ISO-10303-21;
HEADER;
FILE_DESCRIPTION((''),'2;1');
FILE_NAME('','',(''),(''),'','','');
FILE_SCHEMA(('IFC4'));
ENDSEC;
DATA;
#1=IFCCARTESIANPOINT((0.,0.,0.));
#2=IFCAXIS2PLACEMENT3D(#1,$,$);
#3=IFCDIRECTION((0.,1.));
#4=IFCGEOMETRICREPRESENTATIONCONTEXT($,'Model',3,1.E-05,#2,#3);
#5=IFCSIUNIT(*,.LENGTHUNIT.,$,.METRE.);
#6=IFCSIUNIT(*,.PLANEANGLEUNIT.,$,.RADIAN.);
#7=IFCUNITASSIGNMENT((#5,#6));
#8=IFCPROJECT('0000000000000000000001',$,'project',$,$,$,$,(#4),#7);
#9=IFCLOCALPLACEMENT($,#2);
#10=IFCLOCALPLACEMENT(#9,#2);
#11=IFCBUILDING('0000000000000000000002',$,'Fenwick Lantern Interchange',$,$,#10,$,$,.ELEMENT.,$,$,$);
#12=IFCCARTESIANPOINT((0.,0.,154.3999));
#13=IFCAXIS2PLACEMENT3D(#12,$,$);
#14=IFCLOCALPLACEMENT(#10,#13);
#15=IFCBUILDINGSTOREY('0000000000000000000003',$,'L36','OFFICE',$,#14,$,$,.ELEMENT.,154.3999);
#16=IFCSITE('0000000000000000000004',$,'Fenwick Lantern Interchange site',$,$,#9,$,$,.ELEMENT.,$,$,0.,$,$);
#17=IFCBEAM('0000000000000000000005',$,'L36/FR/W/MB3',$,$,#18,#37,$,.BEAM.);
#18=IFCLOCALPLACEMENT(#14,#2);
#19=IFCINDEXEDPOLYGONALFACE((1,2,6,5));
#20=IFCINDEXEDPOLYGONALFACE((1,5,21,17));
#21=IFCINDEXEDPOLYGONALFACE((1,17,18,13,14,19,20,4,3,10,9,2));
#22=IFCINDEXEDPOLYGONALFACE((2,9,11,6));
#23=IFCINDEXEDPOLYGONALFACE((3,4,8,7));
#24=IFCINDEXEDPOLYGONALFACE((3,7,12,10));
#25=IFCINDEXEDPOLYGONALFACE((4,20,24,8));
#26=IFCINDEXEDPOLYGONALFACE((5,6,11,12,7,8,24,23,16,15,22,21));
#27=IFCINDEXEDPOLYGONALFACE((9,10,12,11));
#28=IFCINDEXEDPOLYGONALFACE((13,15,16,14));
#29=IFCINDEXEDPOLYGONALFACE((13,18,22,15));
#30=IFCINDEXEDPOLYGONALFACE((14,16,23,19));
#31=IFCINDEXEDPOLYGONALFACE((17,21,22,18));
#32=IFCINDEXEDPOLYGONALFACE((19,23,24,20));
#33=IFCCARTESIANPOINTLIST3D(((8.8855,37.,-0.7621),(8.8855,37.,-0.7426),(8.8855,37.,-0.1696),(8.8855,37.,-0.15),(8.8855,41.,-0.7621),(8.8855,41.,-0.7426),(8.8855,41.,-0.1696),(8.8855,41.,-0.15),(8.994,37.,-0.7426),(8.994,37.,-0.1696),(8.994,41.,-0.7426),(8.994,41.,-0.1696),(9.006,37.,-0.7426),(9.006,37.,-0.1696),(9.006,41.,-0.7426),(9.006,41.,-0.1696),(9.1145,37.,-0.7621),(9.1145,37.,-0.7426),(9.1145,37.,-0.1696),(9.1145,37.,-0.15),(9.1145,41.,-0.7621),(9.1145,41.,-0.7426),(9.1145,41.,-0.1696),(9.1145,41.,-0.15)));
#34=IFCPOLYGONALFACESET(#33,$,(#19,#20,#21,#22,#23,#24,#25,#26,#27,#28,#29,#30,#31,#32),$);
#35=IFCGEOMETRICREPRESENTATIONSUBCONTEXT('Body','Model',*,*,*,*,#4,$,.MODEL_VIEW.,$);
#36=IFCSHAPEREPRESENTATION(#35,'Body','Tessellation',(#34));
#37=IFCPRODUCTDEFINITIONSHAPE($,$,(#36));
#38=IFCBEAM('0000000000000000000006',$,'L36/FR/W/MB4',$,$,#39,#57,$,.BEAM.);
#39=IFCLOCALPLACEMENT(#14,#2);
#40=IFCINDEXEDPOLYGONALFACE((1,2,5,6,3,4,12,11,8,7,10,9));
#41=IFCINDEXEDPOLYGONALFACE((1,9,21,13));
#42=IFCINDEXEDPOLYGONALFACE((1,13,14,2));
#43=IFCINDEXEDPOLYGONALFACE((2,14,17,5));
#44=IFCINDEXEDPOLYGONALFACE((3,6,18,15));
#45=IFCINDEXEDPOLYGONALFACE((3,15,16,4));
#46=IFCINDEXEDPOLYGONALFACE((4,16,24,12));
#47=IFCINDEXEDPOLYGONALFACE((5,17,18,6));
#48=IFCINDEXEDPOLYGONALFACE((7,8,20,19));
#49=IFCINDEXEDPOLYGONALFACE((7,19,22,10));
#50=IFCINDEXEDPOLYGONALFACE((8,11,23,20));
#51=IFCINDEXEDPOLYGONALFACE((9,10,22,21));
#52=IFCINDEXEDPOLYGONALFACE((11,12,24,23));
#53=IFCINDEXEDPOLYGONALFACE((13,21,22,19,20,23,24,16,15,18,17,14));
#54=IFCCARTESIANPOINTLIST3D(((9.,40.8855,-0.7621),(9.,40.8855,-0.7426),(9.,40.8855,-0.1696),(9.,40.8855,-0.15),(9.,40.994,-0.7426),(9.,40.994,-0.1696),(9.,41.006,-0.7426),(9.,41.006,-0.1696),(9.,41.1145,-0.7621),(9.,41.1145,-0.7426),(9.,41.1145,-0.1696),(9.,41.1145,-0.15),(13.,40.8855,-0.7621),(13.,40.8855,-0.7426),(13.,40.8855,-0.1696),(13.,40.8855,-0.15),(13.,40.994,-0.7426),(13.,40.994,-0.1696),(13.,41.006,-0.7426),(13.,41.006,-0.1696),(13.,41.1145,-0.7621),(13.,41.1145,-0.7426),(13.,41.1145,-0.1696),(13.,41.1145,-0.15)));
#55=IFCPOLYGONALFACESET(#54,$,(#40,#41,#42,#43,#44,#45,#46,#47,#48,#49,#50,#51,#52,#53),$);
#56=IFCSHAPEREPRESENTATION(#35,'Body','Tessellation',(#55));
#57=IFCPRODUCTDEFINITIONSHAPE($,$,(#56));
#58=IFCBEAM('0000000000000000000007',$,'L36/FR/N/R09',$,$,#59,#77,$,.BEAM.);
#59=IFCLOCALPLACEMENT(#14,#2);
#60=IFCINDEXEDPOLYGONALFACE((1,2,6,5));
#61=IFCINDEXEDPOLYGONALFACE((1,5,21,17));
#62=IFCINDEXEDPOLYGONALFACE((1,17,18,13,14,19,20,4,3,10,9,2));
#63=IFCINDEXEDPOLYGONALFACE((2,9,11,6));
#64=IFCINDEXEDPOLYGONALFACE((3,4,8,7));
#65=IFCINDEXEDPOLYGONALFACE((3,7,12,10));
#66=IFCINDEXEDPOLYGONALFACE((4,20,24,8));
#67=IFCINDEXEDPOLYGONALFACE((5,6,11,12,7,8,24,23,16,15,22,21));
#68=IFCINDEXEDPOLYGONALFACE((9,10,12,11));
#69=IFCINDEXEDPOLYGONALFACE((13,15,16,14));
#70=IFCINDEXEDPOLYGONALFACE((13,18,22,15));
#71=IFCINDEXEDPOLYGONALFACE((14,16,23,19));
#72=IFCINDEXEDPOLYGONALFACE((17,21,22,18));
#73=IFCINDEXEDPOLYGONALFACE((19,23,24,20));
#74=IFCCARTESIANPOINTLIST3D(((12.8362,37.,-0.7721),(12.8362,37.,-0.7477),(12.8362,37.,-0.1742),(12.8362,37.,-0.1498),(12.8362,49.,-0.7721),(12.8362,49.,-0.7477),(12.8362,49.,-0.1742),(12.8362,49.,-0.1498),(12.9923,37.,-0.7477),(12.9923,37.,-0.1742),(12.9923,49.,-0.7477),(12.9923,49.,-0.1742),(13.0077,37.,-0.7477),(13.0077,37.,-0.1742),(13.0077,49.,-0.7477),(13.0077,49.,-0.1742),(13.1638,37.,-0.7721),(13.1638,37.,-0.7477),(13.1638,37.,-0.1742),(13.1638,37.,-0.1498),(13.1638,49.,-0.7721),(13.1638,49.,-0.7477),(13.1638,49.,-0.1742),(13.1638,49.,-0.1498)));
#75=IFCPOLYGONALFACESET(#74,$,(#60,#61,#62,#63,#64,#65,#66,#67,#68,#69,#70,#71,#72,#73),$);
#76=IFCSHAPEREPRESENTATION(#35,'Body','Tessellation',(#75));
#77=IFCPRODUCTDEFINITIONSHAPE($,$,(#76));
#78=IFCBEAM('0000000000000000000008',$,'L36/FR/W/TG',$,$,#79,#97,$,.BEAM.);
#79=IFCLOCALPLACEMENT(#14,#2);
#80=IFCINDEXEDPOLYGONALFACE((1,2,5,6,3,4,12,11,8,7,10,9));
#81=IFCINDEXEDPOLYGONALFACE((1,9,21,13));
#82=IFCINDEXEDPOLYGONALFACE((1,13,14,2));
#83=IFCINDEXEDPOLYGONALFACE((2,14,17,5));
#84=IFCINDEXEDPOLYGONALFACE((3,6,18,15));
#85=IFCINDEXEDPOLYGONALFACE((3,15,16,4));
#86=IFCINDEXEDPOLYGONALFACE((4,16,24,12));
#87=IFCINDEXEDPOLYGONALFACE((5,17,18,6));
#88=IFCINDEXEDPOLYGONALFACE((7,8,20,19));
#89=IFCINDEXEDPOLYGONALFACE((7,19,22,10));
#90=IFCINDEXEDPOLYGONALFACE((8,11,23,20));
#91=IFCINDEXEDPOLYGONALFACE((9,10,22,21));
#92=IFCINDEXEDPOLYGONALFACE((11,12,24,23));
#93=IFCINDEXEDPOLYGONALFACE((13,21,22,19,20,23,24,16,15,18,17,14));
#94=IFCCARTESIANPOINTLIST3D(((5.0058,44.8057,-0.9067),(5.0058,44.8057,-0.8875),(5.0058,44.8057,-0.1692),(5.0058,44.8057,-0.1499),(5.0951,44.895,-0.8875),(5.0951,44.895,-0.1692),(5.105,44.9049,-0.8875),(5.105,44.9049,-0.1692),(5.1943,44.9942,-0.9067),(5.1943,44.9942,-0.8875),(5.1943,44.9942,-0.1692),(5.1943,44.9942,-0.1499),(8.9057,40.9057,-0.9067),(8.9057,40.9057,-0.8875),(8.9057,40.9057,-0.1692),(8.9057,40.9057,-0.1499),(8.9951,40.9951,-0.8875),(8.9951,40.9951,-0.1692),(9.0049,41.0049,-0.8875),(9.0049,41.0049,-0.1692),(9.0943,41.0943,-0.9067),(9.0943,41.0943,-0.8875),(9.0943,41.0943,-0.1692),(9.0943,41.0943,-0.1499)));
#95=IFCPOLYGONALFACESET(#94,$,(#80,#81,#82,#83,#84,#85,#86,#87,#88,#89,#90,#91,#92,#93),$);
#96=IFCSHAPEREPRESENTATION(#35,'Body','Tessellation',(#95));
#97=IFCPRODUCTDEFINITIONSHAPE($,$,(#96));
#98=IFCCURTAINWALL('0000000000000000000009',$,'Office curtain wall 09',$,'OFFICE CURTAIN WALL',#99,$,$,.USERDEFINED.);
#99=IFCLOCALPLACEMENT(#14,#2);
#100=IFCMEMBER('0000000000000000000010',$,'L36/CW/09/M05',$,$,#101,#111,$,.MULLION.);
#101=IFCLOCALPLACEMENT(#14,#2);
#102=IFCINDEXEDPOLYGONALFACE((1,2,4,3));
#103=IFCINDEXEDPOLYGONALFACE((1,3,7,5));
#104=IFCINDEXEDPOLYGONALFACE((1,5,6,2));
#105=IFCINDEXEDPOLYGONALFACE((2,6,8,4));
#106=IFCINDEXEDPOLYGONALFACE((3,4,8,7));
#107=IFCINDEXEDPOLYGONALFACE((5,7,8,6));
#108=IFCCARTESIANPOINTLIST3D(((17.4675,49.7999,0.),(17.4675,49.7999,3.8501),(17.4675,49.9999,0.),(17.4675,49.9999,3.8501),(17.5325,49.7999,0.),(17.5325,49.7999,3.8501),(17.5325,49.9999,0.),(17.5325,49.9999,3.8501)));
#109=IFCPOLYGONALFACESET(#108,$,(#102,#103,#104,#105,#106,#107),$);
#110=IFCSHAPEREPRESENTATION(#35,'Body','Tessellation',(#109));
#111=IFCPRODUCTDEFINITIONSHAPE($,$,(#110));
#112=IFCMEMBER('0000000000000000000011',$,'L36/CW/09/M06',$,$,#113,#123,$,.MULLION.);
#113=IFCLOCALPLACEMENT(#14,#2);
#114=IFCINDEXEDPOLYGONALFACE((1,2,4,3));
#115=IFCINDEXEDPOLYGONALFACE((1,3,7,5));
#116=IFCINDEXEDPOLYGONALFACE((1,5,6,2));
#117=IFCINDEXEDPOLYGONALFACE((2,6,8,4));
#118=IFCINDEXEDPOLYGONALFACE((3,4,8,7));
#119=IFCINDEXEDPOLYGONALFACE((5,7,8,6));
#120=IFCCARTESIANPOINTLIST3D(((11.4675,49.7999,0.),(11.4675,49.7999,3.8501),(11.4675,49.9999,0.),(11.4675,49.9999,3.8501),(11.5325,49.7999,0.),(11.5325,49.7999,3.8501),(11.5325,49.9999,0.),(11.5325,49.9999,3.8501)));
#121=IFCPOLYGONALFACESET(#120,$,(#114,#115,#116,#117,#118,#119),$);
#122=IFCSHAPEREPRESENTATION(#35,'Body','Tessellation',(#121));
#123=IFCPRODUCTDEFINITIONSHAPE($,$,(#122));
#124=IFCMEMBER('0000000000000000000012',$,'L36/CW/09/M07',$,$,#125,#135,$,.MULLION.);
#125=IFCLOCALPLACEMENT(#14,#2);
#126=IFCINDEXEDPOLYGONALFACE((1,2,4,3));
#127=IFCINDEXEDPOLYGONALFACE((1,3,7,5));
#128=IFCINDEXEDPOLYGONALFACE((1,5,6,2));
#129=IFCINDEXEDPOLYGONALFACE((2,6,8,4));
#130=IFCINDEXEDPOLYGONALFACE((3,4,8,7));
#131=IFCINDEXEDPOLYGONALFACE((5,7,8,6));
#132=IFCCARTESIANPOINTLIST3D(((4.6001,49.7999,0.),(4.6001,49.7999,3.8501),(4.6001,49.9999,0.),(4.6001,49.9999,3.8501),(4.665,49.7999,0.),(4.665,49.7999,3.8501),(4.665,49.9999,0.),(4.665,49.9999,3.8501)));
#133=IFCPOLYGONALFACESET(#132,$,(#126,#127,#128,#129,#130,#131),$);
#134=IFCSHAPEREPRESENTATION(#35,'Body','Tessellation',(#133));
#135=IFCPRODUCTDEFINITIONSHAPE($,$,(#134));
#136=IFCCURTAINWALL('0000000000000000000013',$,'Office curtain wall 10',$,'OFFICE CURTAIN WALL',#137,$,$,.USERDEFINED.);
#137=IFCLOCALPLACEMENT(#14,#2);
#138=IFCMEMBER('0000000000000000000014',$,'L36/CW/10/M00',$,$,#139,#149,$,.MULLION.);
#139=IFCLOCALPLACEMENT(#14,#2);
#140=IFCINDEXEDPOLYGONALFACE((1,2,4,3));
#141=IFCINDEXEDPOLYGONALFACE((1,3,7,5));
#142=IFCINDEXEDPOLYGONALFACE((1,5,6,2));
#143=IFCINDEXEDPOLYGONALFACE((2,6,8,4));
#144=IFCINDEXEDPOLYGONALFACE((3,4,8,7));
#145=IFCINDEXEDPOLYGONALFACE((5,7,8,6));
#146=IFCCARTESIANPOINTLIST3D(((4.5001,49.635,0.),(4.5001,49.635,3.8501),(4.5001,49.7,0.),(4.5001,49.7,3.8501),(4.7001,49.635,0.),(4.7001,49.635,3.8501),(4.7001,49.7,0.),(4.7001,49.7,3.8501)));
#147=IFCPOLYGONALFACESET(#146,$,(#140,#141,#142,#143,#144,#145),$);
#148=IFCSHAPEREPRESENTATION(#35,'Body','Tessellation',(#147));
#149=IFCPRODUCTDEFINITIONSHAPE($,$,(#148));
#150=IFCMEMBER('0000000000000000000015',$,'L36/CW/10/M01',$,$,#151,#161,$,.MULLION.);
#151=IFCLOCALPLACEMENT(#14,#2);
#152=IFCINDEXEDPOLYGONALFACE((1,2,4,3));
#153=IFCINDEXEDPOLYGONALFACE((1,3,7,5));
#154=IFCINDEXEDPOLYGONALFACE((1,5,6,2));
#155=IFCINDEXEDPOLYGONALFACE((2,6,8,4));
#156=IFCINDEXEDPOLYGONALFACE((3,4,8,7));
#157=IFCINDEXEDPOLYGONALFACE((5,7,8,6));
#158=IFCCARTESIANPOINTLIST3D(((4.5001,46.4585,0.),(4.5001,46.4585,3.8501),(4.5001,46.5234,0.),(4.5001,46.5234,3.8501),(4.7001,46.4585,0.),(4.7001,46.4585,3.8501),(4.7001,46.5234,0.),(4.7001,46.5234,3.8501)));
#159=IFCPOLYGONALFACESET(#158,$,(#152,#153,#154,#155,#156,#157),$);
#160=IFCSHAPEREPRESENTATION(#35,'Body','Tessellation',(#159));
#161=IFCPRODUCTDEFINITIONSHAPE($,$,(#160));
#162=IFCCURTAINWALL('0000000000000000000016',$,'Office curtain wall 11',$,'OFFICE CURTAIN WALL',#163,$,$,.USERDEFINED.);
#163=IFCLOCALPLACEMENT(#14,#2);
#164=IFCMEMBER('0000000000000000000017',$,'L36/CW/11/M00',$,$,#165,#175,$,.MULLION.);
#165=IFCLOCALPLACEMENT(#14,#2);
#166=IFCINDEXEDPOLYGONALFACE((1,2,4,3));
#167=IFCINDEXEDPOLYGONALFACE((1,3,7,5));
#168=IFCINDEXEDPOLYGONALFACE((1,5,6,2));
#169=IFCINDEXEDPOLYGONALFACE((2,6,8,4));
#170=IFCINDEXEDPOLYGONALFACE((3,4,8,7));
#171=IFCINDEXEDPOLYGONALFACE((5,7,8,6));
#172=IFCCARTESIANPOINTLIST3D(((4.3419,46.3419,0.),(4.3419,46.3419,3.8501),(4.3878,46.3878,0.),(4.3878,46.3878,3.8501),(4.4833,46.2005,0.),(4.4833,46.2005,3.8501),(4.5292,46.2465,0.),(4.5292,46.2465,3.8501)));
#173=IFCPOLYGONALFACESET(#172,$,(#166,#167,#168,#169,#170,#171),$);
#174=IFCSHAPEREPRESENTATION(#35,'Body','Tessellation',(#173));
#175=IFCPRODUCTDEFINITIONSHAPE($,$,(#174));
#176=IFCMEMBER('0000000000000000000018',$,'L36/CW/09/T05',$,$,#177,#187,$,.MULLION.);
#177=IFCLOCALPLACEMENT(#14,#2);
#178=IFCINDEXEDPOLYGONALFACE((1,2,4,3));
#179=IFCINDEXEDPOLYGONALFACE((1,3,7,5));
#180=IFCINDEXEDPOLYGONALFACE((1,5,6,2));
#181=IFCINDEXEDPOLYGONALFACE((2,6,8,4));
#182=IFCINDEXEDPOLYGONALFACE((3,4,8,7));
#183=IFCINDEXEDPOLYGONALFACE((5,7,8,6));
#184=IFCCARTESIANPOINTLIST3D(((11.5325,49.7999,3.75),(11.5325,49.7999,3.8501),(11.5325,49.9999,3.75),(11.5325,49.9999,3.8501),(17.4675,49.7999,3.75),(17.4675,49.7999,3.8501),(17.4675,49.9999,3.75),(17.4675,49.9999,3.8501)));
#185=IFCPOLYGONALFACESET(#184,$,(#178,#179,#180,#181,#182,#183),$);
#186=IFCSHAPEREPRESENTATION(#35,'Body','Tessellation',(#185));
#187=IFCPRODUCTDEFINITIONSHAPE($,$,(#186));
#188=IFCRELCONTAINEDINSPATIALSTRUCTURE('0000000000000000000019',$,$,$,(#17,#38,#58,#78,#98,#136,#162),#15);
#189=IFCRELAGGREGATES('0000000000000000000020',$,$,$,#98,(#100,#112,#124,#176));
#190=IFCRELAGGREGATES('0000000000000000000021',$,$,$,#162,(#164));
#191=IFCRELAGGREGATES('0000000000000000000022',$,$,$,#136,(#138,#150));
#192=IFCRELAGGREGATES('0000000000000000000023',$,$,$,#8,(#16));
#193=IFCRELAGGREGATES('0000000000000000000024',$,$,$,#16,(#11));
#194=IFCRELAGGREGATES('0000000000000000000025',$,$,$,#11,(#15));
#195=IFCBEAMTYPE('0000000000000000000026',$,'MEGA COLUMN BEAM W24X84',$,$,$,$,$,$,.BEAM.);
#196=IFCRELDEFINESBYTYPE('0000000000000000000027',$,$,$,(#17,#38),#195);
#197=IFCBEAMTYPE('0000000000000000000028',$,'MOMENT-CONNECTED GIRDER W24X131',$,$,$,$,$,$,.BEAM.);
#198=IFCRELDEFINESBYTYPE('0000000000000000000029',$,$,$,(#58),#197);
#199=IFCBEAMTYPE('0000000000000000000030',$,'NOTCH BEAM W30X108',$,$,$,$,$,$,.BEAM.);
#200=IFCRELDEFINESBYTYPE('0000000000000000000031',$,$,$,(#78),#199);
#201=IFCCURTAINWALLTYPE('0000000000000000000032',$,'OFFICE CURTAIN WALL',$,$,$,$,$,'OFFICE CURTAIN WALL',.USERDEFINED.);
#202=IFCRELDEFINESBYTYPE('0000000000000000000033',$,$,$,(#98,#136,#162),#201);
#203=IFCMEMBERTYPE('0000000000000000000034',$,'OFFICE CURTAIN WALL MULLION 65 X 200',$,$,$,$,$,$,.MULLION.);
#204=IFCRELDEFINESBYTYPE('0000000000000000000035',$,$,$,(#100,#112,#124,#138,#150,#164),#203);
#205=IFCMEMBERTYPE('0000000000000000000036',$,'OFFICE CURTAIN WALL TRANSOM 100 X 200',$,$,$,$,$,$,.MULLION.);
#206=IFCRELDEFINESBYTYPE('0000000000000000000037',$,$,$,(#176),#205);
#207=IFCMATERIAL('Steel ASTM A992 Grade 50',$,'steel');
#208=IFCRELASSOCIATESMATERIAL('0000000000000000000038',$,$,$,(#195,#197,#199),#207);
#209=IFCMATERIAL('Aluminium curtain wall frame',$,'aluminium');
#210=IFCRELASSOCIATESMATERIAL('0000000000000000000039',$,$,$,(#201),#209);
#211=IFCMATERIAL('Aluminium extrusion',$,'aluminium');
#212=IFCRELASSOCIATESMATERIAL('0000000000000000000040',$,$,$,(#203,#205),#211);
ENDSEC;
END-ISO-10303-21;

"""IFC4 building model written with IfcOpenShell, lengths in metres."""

from ifc_helpers import new_model, si_unit, direction, frame, origin, origin_2d, place, context, subcontext, project, spatial, rectangle, i_section, extrude, material, material_profile, profile_set, type_object, element, aggregate, save


model = new_model("IFC4")

# Units and contexts
model_context = context("Model", 3, precision=1e-05, world=origin(), true_north=direction((0.0, 1.0)))
body_context = subcontext(model_context, "Body", "Model", "MODEL_VIEW")
ifc_project = project(units=[si_unit("LENGTHUNIT", "METRE"), si_unit("PLANEANGLEUNIT", "RADIAN")], contexts=[model_context])

# Site, building, storey
site_placement = place(None, origin())
site = spatial("IfcSite", under=ifc_project, at=site_placement, Name="Fenwick Lantern Interchange site", CompositionType="ELEMENT", RefElevation=0.0)
building_placement = place(site_placement, origin())
building = spatial("IfcBuilding", under=site, at=building_placement, Name="Fenwick Lantern Interchange", CompositionType="ELEMENT")
storey_placement = place(building_placement, frame((0.0, 0.0, 154.3999)))
storey = spatial("IfcBuildingStorey", under=building, at=storey_placement, Name="L36", Description="OFFICE", CompositionType="ELEMENT", Elevation=154.3999)

# Shared definitions
ifc_material_1 = material(Name="Steel ASTM A992 Grade 50", Category="steel")

# Beams
ifc_material_profile_1 = material_profile(ifc_material_1, i_section(OverallWidth=0.229, OverallDepth=0.6121, WebThickness=0.012, FlangeThickness=0.0195, at=origin_2d()), Name="W24X84")
ifc_profile_set_1 = profile_set([ifc_material_profile_1], Name="Steel ASTM A992 Grade 50")
beam_type_1 = type_object("IfcBeamType", Name="MEGA COLUMN BEAM W24X84", PredefinedType="BEAM", material=ifc_profile_set_1)
for number, where, z_axis, x_axis, name in (
    (1, (9.0, 41.0, -0.4561), (0.0, -1.0, 0.0), (1.0, 0.0, 0.0), "L36/FR/W/MB3"),
    (2, (9.0, 41.0, -0.4561), (1.0, 0.0, 0.0), (0.0, 1.0, 0.0), "L36/FR/W/MB4"),
):
    element("IfcBeam", number, at=place(storey_placement, frame(where, z_axis=z_axis, x_axis=x_axis)), inside=storey, type_object=beam_type_1, Name=name, PredefinedType="BEAM", context=body_context, shape_type="SweptSolid", body=[
        extrude(i_section(OverallWidth=0.229, OverallDepth=0.6121, WebThickness=0.012, FlangeThickness=0.0195, at=origin_2d()), origin(), (0.0, 0.0, 1.0), 4.0),
    ])
ifc_material_profile_2 = material_profile(ifc_material_1, i_section(OverallWidth=0.3276, OverallDepth=0.6223, WebThickness=0.0154, FlangeThickness=0.0244, at=origin_2d()), Name="W24X131")
ifc_profile_set_2 = profile_set([ifc_material_profile_2], Name="Steel ASTM A992 Grade 50")
beam_type_2 = type_object("IfcBeamType", Name="MOMENT-CONNECTED GIRDER W24X131", PredefinedType="BEAM", material=ifc_profile_set_2)
beam_1_placement = place(storey_placement, frame((13.0, 49.0, -0.4609), z_axis=(0.0, -1.0, 0.0), x_axis=(1.0, 0.0, 0.0)))
element("IfcBeam", 3, at=beam_1_placement, inside=storey, type_object=beam_type_2, Name="L36/FR/N/R09", PredefinedType="BEAM", context=body_context, shape_type="SweptSolid", body=[
    extrude(i_section(OverallWidth=0.3276, OverallDepth=0.6223, WebThickness=0.0154, FlangeThickness=0.0244, at=origin_2d()), origin(), (0.0, 0.0, 1.0), 12.0),
])
ifc_material_profile_3 = material_profile(ifc_material_1, i_section(OverallWidth=0.2666, OverallDepth=0.7568, WebThickness=0.0139, FlangeThickness=0.0193, at=origin_2d()), Name="W30X108")
ifc_profile_set_3 = profile_set([ifc_material_profile_3], Name="Steel ASTM A992 Grade 50")
beam_type_3 = type_object("IfcBeamType", Name="NOTCH BEAM W30X108", PredefinedType="BEAM", material=ifc_profile_set_3)
beam_2_placement = place(storey_placement, frame((9.0, 41.0, -0.5283), z_axis=(-0.707107, 0.707107, 0.0), x_axis=(-0.707107, -0.707107, 0.0)))
element("IfcBeam", 4, at=beam_2_placement, inside=storey, type_object=beam_type_3, Name="L36/FR/W/TG", PredefinedType="BEAM", context=body_context, shape_type="SweptSolid", body=[
    extrude(i_section(OverallWidth=0.2666, OverallDepth=0.7568, WebThickness=0.0139, FlangeThickness=0.0193, at=origin_2d()), origin(), (0.0, 0.0, 1.0), 5.5154),
])

# Curtain walls, members
ifc_material_2 = material(Name="Aluminium curtain wall frame", Category="aluminium")
curtain_wall_type = type_object("IfcCurtainWallType", Name="OFFICE CURTAIN WALL", ElementType="OFFICE CURTAIN WALL", PredefinedType="USERDEFINED", material=ifc_material_2)
curtain_wall_1_placement = place(storey_placement, origin())
curtain_wall_1 = element("IfcCurtainWall", 5, at=curtain_wall_1_placement, inside=storey, type_object=curtain_wall_type, Name="Office curtain wall 09", ObjectType="OFFICE CURTAIN WALL", PredefinedType="USERDEFINED")
ifc_material_3 = material(Name="Aluminium extrusion", Category="aluminium")
ifc_material_profile_4 = material_profile(ifc_material_3, rectangle(XDim=0.2, YDim=0.0649, at=origin_2d()), Name="OFFICE CURTAIN WALL MULLION 65 X 200")
ifc_profile_set_4 = profile_set([ifc_material_profile_4], Name="Aluminium extrusion")
member_type_1 = type_object("IfcMemberType", Name="OFFICE CURTAIN WALL MULLION 65 X 200", PredefinedType="MULLION", material=ifc_profile_set_4)
member_1_placement = place(storey_placement, frame((17.5, 49.8999, 0.0), z_axis=(0.0, 0.0, 1.0), x_axis=(0.0, -1.0, 0.0)))
member_1 = element("IfcMember", 6, at=member_1_placement, type_object=member_type_1, Name="L36/CW/09/M05", PredefinedType="MULLION", context=body_context, shape_type="SweptSolid", body=[
    extrude(rectangle(XDim=0.2, YDim=0.0649, at=origin_2d()), origin(), (0.0, 0.0, 1.0), 3.8501),
])
member_2_placement = place(storey_placement, frame((11.5, 49.8999, 0.0), z_axis=(0.0, 0.0, 1.0), x_axis=(0.0, -1.0, 0.0)))
member_2 = element("IfcMember", 7, at=member_2_placement, type_object=member_type_1, Name="L36/CW/09/M06", PredefinedType="MULLION", context=body_context, shape_type="SweptSolid", body=[
    extrude(rectangle(XDim=0.2, YDim=0.0649, at=origin_2d()), origin(), (0.0, 0.0, 1.0), 3.8501),
])
member_3_placement = place(storey_placement, frame((4.6326, 49.8999, 0.0), z_axis=(0.0, 0.0, 1.0), x_axis=(0.0, -1.0, 0.0)))
member_3 = element("IfcMember", 8, at=member_3_placement, type_object=member_type_1, Name="L36/CW/09/M07", PredefinedType="MULLION", context=body_context, shape_type="SweptSolid", body=[
    extrude(rectangle(XDim=0.2, YDim=0.0649, at=origin_2d()), origin(), (0.0, 0.0, 1.0), 3.8501),
])
curtain_wall_2_placement = place(storey_placement, origin())
curtain_wall_2 = element("IfcCurtainWall", 9, at=curtain_wall_2_placement, inside=storey, type_object=curtain_wall_type, Name="Office curtain wall 10", ObjectType="OFFICE CURTAIN WALL", PredefinedType="USERDEFINED")
member_4_placement = place(storey_placement, frame((4.6001, 49.6675, 0.0), z_axis=(0.0, 0.0, 1.0), x_axis=(1.0, 0.0, 0.0)))
member_4 = element("IfcMember", 10, at=member_4_placement, type_object=member_type_1, Name="L36/CW/10/M00", PredefinedType="MULLION", context=body_context, shape_type="SweptSolid", body=[
    extrude(rectangle(XDim=0.2, YDim=0.0649, at=origin_2d()), origin(), (0.0, 0.0, 1.0), 3.8501),
])
member_5_placement = place(storey_placement, frame((4.6001, 46.491, 0.0), z_axis=(0.0, 0.0, 1.0), x_axis=(1.0, 0.0, 0.0)))
member_5 = element("IfcMember", 11, at=member_5_placement, type_object=member_type_1, Name="L36/CW/10/M01", PredefinedType="MULLION", context=body_context, shape_type="SweptSolid", body=[
    extrude(rectangle(XDim=0.2, YDim=0.0649, at=origin_2d()), origin(), (0.0, 0.0, 1.0), 3.8501),
])

# Curtain wall, member
curtain_wall_3_placement = place(storey_placement, origin())
curtain_wall_3 = element("IfcCurtainWall", 12, at=curtain_wall_3_placement, inside=storey, type_object=curtain_wall_type, Name="Office curtain wall 11", ObjectType="OFFICE CURTAIN WALL", PredefinedType="USERDEFINED")
member_6_placement = place(storey_placement, frame((4.4355, 46.2942, 0.0), z_axis=(0.0, 0.0, 1.0), x_axis=(0.707107, -0.707107, 0.0)))
member_6 = element("IfcMember", 13, at=member_6_placement, type_object=member_type_1, Name="L36/CW/11/M00", PredefinedType="MULLION", context=body_context, shape_type="SweptSolid", body=[
    extrude(rectangle(XDim=0.2, YDim=0.0649, at=origin_2d()), origin(), (0.0, 0.0, 1.0), 3.8501),
])

# Member
ifc_material_profile_5 = material_profile(ifc_material_3, rectangle(XDim=0.2, YDim=0.1001, at=origin_2d()), Name="OFFICE CURTAIN WALL TRANSOM 100 X 200")
ifc_profile_set_5 = profile_set([ifc_material_profile_5], Name="Aluminium extrusion")
member_type_2 = type_object("IfcMemberType", Name="OFFICE CURTAIN WALL TRANSOM 100 X 200", PredefinedType="MULLION", material=ifc_profile_set_5)
member_7_placement = place(storey_placement, frame((17.4675, 49.8999, 3.8), z_axis=(-1.0, 0.0, 0.0), x_axis=(0.0, -1.0, 0.0)))
member_7 = element("IfcMember", 14, at=member_7_placement, type_object=member_type_2, Name="L36/CW/09/T05", PredefinedType="MULLION", context=body_context, shape_type="SweptSolid", body=[
    extrude(rectangle(XDim=0.2, YDim=0.1001, at=origin_2d()), origin(), (0.0, 0.0, 1.0), 5.9351),
])
aggregate(curtain_wall_1, [member_1, member_2, member_3, member_7])
aggregate(curtain_wall_3, [member_6])

aggregate(curtain_wall_2, [member_4, member_5])

save(model, "model.ifc")
